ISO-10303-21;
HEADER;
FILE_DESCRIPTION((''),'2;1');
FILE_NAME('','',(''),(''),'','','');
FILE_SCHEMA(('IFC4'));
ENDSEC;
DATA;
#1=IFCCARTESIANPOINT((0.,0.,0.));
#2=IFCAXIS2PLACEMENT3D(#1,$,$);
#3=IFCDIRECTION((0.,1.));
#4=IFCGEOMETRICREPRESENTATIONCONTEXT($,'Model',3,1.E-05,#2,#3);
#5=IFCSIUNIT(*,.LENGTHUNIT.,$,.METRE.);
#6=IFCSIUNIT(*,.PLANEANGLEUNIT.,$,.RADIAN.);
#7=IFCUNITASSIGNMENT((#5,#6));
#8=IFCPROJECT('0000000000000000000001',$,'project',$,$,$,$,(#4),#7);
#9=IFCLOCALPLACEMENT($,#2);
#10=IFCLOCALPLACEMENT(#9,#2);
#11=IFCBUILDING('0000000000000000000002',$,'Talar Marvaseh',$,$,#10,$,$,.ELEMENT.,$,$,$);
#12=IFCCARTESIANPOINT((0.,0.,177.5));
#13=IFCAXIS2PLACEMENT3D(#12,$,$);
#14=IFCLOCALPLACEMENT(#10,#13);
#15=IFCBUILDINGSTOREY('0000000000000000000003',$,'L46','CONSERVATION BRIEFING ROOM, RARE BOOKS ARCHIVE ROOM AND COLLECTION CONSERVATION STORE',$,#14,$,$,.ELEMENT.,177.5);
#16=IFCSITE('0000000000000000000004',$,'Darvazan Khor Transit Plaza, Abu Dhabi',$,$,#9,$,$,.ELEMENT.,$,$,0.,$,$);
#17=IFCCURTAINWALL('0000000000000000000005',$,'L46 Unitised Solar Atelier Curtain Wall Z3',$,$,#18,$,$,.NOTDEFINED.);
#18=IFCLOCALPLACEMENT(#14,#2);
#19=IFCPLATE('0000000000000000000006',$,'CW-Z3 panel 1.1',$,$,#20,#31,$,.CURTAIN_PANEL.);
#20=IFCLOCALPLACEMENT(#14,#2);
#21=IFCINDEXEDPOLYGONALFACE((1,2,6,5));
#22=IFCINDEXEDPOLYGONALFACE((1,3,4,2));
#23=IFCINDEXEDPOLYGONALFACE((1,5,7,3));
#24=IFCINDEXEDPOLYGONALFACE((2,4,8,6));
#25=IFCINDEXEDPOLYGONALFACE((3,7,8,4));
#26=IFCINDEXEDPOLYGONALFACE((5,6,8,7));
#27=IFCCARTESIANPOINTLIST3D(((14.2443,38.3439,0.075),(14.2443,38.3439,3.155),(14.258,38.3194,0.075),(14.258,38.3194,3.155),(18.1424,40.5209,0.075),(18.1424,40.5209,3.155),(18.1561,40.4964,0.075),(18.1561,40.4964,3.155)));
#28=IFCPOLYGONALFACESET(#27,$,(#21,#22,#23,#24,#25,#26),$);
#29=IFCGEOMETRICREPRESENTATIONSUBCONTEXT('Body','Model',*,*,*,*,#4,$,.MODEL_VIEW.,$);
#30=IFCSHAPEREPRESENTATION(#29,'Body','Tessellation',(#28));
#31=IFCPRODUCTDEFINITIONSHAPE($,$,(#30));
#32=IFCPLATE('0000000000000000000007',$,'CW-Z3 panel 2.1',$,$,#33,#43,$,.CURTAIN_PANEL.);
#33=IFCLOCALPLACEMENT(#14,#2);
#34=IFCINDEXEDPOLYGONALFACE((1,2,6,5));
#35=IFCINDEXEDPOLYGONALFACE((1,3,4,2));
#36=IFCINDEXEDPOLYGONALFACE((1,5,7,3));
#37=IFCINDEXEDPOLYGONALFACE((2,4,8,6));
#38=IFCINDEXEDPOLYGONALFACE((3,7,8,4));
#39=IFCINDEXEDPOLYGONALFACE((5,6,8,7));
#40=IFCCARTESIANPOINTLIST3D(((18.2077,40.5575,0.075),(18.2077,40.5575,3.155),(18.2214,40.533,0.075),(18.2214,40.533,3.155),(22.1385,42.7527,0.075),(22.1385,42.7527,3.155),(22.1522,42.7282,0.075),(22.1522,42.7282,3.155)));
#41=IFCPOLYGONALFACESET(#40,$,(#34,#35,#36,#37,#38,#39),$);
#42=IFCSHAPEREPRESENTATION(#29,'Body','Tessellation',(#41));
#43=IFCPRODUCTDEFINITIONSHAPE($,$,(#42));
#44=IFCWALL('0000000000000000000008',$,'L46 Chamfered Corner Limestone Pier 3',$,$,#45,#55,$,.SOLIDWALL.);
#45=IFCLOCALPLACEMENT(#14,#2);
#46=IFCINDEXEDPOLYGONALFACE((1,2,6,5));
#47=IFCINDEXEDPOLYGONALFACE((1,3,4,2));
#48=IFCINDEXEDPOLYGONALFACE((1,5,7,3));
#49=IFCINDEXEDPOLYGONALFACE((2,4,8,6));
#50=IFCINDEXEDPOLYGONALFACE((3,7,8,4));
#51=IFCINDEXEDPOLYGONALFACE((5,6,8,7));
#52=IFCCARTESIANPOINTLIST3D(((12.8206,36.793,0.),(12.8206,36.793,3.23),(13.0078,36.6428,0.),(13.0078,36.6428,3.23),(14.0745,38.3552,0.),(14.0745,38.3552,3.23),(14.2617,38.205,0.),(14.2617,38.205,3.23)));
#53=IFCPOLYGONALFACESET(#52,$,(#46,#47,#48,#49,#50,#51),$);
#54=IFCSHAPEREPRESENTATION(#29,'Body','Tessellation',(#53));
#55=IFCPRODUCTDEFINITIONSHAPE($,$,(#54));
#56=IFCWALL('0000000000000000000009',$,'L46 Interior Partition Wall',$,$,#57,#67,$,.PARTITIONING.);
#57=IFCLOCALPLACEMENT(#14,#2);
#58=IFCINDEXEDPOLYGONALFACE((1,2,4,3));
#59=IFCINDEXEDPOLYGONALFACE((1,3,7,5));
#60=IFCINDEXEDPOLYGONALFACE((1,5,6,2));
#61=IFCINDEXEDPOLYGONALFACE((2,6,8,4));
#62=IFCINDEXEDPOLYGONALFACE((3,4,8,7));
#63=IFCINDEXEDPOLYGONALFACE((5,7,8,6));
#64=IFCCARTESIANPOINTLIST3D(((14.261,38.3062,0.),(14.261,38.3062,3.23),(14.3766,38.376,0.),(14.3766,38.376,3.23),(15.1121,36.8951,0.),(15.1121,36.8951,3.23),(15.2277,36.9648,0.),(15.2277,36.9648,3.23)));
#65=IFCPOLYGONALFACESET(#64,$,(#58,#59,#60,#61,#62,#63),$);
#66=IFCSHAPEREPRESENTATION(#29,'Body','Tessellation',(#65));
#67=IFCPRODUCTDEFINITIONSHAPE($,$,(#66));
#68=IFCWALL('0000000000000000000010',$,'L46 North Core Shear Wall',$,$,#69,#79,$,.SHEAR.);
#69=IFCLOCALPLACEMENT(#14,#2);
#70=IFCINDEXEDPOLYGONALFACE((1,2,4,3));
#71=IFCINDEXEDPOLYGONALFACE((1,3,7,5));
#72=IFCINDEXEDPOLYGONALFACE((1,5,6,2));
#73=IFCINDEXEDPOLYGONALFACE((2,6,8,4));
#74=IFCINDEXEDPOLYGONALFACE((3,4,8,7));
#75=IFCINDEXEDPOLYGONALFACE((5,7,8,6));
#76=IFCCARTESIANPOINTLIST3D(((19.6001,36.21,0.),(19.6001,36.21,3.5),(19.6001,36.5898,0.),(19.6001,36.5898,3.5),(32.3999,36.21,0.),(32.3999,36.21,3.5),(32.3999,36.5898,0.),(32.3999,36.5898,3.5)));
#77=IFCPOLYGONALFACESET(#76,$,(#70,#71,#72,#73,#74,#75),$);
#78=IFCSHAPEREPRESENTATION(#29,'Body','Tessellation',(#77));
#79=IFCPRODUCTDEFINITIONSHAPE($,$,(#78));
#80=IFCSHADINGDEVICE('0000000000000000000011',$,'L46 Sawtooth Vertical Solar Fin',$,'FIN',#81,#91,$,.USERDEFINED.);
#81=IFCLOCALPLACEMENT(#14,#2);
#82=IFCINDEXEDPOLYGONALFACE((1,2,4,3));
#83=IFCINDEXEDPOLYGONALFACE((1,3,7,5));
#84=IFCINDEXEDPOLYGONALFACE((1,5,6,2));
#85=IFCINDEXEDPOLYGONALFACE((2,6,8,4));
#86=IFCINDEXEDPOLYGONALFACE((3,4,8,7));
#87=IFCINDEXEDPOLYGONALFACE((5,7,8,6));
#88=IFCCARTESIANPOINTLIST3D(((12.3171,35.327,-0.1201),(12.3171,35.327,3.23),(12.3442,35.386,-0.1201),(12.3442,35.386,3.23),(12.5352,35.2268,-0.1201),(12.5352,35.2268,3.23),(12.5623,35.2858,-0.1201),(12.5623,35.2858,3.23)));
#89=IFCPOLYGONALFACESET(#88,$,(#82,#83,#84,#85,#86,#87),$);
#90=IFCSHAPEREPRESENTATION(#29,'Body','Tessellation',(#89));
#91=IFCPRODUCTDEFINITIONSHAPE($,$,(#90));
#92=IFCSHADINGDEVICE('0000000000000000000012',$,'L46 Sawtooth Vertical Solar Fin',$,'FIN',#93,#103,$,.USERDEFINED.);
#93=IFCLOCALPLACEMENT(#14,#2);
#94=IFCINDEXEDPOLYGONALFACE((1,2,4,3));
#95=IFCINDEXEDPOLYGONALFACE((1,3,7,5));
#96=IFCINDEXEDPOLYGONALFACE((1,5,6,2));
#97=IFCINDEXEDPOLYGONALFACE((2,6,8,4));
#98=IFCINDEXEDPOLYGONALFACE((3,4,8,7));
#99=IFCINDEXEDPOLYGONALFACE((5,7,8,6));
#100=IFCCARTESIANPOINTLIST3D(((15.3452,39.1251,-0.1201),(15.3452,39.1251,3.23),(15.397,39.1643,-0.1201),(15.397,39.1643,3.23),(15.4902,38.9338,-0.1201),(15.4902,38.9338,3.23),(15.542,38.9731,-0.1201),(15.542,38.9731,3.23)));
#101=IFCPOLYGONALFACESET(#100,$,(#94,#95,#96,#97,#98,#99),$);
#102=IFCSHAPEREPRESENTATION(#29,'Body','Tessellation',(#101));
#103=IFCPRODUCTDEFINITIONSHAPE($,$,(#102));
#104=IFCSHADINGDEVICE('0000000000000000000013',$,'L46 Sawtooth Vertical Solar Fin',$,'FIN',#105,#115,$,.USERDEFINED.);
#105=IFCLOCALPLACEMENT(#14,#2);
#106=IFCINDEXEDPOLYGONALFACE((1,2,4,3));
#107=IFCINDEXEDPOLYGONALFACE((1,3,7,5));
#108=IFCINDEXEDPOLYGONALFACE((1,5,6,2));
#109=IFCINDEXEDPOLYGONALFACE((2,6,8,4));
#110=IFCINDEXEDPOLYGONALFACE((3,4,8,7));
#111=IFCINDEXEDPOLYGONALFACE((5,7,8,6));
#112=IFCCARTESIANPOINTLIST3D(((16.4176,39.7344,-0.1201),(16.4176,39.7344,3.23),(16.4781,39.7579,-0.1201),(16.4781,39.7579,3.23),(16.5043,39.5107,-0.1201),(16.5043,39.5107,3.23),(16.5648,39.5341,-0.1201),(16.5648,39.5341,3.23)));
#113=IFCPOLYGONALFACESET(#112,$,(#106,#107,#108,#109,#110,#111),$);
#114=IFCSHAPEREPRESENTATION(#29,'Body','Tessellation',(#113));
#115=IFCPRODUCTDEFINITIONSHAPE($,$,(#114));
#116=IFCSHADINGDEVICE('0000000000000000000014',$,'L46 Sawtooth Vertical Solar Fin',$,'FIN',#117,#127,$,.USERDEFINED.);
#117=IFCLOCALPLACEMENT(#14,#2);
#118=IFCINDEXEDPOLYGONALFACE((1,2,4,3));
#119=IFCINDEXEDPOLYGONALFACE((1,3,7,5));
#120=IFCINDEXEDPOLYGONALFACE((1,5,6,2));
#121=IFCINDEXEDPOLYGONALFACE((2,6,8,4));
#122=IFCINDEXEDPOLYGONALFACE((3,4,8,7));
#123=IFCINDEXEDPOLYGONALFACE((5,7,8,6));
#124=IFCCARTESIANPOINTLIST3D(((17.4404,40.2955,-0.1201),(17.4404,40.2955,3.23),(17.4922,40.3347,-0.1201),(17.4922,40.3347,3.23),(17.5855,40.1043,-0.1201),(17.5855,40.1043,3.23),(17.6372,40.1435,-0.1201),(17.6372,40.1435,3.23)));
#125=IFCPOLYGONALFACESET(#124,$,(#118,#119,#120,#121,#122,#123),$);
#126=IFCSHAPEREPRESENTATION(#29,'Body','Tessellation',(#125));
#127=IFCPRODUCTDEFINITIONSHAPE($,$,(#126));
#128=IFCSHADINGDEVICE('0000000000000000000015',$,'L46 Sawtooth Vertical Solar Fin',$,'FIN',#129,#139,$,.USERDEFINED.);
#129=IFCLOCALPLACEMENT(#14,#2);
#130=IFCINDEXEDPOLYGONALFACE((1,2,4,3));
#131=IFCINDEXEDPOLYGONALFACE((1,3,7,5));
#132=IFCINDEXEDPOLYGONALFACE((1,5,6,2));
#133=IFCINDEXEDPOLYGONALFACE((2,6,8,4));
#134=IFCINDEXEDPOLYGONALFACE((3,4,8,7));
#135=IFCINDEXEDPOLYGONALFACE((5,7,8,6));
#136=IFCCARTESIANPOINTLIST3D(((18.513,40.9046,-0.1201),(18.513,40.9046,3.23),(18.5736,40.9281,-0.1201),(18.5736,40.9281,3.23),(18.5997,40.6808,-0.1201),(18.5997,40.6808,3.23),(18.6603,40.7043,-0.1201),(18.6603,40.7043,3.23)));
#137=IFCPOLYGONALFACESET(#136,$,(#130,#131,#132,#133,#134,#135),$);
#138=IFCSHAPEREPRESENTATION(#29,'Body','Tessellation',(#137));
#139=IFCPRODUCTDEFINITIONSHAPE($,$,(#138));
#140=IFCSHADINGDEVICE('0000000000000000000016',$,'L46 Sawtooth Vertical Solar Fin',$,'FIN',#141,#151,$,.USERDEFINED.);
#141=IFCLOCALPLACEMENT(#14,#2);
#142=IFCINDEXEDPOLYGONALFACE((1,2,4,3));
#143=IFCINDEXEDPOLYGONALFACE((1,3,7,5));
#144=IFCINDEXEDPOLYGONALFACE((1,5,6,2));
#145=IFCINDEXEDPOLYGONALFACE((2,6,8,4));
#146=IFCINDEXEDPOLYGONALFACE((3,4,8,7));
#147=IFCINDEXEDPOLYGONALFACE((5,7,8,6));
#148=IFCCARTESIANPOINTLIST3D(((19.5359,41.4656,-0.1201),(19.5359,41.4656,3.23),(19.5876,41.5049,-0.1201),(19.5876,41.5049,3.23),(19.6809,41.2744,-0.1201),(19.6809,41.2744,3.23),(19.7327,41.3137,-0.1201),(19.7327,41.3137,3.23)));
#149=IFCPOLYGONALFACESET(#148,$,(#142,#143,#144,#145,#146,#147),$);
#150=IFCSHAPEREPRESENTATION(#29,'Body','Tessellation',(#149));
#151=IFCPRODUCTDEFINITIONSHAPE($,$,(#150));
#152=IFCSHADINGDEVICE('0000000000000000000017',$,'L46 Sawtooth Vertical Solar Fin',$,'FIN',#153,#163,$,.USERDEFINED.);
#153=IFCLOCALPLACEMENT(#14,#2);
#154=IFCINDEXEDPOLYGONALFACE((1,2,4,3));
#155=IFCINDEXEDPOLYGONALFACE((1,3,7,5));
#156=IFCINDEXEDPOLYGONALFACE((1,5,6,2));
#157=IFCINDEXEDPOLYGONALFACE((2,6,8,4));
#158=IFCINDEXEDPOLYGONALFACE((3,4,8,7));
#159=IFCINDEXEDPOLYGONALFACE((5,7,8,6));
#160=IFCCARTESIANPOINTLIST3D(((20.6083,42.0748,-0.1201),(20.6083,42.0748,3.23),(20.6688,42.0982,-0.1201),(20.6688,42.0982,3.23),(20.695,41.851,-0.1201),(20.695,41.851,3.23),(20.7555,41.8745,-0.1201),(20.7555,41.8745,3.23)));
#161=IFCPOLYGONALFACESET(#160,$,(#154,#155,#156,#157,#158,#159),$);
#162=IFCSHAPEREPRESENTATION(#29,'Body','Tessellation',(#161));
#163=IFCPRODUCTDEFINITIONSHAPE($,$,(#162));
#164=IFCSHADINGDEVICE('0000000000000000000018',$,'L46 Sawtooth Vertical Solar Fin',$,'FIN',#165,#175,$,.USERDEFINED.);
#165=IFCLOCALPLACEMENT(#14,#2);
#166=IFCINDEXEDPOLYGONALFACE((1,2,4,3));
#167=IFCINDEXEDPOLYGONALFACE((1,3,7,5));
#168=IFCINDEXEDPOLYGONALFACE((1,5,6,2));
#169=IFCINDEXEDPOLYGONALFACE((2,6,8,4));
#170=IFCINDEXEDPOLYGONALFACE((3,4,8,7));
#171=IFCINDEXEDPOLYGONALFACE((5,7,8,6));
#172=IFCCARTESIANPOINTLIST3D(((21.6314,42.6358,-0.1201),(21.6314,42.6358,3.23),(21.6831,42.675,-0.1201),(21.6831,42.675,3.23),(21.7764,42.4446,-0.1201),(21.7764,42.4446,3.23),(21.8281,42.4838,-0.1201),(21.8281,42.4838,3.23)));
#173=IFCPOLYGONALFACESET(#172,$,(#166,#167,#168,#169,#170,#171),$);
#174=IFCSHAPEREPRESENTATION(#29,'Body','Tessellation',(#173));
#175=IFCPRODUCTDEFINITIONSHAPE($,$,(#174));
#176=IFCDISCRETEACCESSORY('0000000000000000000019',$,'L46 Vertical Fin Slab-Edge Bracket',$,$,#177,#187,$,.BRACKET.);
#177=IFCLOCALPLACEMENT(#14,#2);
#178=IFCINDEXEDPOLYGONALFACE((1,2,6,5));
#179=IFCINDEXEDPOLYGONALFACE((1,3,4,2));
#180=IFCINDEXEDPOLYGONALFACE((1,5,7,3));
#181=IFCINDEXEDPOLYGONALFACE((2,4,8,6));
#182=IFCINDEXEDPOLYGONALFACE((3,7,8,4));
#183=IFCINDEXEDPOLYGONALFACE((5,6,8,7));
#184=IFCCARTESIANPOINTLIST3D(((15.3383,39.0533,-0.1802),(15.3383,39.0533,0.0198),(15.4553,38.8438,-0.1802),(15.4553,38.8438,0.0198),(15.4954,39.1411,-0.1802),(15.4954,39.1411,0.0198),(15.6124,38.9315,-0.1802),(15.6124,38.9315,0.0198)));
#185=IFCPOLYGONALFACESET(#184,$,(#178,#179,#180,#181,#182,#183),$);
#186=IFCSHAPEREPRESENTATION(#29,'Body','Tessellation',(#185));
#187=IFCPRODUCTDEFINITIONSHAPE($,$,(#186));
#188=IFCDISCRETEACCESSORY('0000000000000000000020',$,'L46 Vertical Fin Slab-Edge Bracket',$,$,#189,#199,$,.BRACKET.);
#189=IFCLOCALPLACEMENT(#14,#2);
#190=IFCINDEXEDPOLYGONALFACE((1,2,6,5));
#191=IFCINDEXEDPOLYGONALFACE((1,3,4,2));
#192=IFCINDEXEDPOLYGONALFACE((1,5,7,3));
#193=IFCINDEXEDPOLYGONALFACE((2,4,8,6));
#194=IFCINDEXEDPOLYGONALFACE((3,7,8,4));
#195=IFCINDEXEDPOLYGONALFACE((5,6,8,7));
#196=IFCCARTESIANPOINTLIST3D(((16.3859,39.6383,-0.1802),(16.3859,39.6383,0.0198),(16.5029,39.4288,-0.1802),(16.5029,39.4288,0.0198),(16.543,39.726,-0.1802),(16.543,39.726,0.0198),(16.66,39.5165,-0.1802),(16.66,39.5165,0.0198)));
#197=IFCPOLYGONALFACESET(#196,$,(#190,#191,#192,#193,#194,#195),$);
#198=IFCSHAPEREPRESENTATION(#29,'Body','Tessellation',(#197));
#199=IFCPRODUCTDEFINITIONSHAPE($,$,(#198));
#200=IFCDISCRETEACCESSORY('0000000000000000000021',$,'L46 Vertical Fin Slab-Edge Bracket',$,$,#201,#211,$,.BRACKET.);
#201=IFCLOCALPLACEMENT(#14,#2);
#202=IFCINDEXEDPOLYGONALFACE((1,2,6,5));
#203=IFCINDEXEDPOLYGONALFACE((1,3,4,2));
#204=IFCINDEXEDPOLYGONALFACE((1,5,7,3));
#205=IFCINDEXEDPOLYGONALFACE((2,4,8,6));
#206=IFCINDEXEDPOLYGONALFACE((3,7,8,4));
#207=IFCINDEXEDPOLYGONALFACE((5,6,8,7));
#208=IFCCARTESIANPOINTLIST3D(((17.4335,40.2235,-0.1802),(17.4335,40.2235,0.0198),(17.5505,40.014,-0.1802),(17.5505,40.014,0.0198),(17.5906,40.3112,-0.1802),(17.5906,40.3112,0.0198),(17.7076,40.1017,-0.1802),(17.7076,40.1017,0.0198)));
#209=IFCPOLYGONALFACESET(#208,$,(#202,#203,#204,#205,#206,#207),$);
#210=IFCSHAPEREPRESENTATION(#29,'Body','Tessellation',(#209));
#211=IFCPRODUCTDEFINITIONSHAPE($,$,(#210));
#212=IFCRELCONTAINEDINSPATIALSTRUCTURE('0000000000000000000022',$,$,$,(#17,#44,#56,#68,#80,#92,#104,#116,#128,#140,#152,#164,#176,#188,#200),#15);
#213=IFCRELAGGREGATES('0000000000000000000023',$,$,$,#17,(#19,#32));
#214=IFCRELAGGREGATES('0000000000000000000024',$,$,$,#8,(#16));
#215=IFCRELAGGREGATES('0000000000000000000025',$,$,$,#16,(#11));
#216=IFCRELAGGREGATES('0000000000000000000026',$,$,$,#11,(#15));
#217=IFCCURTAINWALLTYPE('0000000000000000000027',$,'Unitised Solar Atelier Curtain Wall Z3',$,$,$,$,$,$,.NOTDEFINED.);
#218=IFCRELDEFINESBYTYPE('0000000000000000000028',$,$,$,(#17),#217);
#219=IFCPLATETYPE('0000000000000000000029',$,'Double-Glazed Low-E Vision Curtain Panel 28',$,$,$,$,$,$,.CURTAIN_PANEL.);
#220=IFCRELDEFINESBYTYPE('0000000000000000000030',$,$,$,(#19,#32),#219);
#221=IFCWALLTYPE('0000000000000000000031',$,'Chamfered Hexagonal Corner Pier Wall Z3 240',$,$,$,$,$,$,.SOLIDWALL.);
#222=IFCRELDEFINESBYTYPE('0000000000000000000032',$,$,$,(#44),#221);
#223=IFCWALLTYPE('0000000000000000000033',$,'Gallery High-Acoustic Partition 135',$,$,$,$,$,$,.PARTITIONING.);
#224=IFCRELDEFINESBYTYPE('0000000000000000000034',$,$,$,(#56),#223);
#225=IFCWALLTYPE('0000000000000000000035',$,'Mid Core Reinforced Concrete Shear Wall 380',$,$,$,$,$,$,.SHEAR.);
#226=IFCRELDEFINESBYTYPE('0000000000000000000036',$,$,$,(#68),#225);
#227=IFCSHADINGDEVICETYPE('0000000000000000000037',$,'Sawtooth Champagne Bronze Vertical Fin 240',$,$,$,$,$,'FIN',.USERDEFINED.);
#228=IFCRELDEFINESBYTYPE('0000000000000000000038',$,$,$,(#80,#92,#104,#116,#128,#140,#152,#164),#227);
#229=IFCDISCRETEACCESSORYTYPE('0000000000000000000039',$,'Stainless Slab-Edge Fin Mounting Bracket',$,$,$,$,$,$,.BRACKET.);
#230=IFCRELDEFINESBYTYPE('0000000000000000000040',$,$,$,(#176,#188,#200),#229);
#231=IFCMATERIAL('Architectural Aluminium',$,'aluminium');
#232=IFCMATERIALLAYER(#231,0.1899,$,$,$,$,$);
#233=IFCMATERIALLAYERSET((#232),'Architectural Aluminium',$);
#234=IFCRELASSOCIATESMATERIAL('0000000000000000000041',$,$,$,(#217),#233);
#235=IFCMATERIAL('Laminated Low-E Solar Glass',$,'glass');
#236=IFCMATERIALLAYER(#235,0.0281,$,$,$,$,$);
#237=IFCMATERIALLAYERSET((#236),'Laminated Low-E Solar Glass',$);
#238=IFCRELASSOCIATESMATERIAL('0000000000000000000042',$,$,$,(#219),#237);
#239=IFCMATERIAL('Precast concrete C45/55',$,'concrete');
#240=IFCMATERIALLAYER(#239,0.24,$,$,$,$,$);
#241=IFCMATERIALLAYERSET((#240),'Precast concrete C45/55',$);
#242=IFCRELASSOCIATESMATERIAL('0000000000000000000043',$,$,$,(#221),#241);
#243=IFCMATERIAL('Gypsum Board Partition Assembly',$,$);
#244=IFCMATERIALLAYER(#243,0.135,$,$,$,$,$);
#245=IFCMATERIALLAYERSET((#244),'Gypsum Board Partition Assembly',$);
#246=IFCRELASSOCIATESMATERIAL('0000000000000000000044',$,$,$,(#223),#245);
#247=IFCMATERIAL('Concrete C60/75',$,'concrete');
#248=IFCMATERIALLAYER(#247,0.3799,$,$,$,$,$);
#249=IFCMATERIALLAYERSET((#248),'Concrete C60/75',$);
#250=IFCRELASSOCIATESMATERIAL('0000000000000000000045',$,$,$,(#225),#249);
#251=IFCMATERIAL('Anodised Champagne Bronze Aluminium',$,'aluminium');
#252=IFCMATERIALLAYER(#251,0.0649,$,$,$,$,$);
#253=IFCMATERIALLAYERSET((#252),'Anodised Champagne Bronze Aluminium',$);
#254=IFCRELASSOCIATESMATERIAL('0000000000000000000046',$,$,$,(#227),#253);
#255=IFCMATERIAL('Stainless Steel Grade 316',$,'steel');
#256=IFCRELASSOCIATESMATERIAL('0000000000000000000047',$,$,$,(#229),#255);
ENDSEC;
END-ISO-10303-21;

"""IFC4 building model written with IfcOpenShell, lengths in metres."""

from ifc_helpers import new_model, si_unit, direction, frame, frame_2d, origin, origin_2d, place, context, subcontext, project, spatial, rectangle, extrude, source, transform, mapped, material, layer, layer_set, type_object, type_shapes, element, aggregate, save


model = new_model("IFC4")

# Units and contexts
model_context = context("Model", 3, precision=1e-05, world=origin(), true_north=direction((0.0, 1.0)))
body_context = subcontext(model_context, "Body", "Model", "MODEL_VIEW")
ifc_project = project(units=[si_unit("LENGTHUNIT", "METRE"), si_unit("PLANEANGLEUNIT", "RADIAN")], contexts=[model_context])

# Site, building, storey
site_placement = place(None, origin())
site = spatial("IfcSite", under=ifc_project, at=site_placement, Name="Darvazan Khor Transit Plaza, Abu Dhabi", CompositionType="ELEMENT", RefElevation=0.0)
building_placement = place(site_placement, origin())
building = spatial("IfcBuilding", under=site, at=building_placement, Name="Talar Marvaseh", CompositionType="ELEMENT")
storey_placement = place(building_placement, frame((0.0, 0.0, 177.5)))
storey = spatial("IfcBuildingStorey", under=building, at=storey_placement, Name="L46", Description="CONSERVATION BRIEFING ROOM, RARE BOOKS ARCHIVE ROOM AND COLLECTION CONSERVATION STORE", CompositionType="ELEMENT", Elevation=177.5)

# Shared definitions
ifc_material_1 = material(Name="Concrete C60/75", Category="concrete")

# Shared definitions
ifc_material_2 = material(Name="Architectural Aluminium", Category="aluminium")
ifc_layer_1 = layer(ifc_material_2, 0.1899)
ifc_layer_set_1 = layer_set([ifc_layer_1], Name="Architectural Aluminium")
curtain_wall_type = type_object("IfcCurtainWallType", Name="Unitised Solar Atelier Curtain Wall Z3", PredefinedType="NOTDEFINED", material=ifc_layer_set_1)

# Curtain wall, plates
curtain_wall_1_placement = place(storey_placement, origin())
curtain_wall_1 = element("IfcCurtainWall", 1, at=curtain_wall_1_placement, inside=storey, type_object=curtain_wall_type, Name="L46 Unitised Solar Atelier Curtain Wall Z3", PredefinedType="NOTDEFINED")
ifc_material_3 = material(Name="Laminated Low-E Solar Glass", Category="glass")
ifc_layer_2 = layer(ifc_material_3, 0.0281)
ifc_layer_set_2 = layer_set([ifc_layer_2], Name="Laminated Low-E Solar Glass")
plate_type = type_object("IfcPlateType", Name="Double-Glazed Low-E Vision Curtain Panel 28", PredefinedType="CURTAIN_PANEL", material=ifc_layer_set_2)
shared_shape_1 = source(origin(), body_context, "Body", "SweptSolid", [
    extrude(rectangle(XDim=4.4648, YDim=0.0281, at=origin_2d()), origin(), (0.0, 0.0, 1.0), 3.0801),
])
plate_1_placement = place(storey_placement, frame((16.2002, 39.4202, 0.075), z_axis=(0.0, 0.0, 1.0), x_axis=(0.873073, 0.487589, 0.0)))
plate_1 = element("IfcPlate", 2, at=plate_1_placement, type_object=plate_type, Name="CW-Z3 panel 1.1", PredefinedType="CURTAIN_PANEL", context=body_context, shape_type="MappedRepresentation", body=[
    mapped(shared_shape_1, transform((0.0, 0.0, 0.0), x_axis=(1.0, 0.0, 0.0), y_axis=(0.0, 1.0, 0.0), z_axis=(0.0, 0.0, 1.0), scale=1.0)),
])
shared_shape_2 = source(origin(), body_context, "Body", "SweptSolid", [
    extrude(rectangle(XDim=4.5022, YDim=0.0281, at=origin_2d()), origin(), (0.0, 0.0, 1.0), 3.0801),
])
type_shapes(plate_type, [shared_shape_1, shared_shape_2])
plate_2_placement = place(storey_placement, frame((20.1799, 41.6428, 0.075), z_axis=(0.0, 0.0, 1.0), x_axis=(0.873073, 0.487589, 0.0)))
plate_2 = element("IfcPlate", 3, at=plate_2_placement, type_object=plate_type, Name="CW-Z3 panel 2.1", PredefinedType="CURTAIN_PANEL", context=body_context, shape_type="MappedRepresentation", body=[
    mapped(shared_shape_2, transform((0.0, 0.0, 0.0), x_axis=(1.0, 0.0, 0.0), y_axis=(0.0, 1.0, 0.0), z_axis=(0.0, 0.0, 1.0), scale=1.0)),
])
aggregate(curtain_wall_1, [plate_1, plate_2])

# Walls
ifc_material_4 = material(Name="Precast concrete C45/55", Category="concrete")
ifc_layer_3 = layer(ifc_material_4, 0.24)
ifc_layer_set_3 = layer_set([ifc_layer_3], Name="Precast concrete C45/55")
wall_type_1 = type_object("IfcWallType", Name="Chamfered Hexagonal Corner Pier Wall Z3 240", PredefinedType="SOLIDWALL", material=ifc_layer_set_3)
wall_1_placement = place(storey_placement, frame((12.9143, 36.718, 0.0), z_axis=(0.0, 0.0, 1.0), x_axis=(0.625943, 0.779869, 0.0)))
element("IfcWall", 4, at=wall_1_placement, inside=storey, type_object=wall_type_1, Name="L46 Chamfered Corner Limestone Pier 3", PredefinedType="SOLIDWALL", context=body_context, shape_type="SweptSolid", body=[
    extrude(rectangle(XDim=2.0032, YDim=0.24, at=frame_2d((1.0015, 0.0))), origin(), (0.0, 0.0, 1.0), 3.23),
])
ifc_material_5 = material(Name="Gypsum Board Partition Assembly")
ifc_layer_4 = layer(ifc_material_5, 0.135)
ifc_layer_set_4 = layer_set([ifc_layer_4], Name="Gypsum Board Partition Assembly")
wall_type_2 = type_object("IfcWallType", Name="Gallery High-Acoustic Partition 135", PredefinedType="PARTITIONING", material=ifc_layer_set_4)
wall_2_placement = place(storey_placement, frame((15.1699, 36.9299, 0.0), z_axis=(0.0, 0.0, 1.0), x_axis=(-0.516455, 0.856314, 0.0)))
element("IfcWall", 5, at=wall_2_placement, inside=storey, type_object=wall_type_2, Name="L46 Interior Partition Wall", PredefinedType="PARTITIONING", context=body_context, shape_type="SweptSolid", body=[
    extrude(rectangle(XDim=1.6479, YDim=0.135, at=frame_2d((0.824, 0.0))), origin(), (0.0, 0.0, 1.0), 3.23),
])
ifc_layer_5 = layer(ifc_material_1, 0.3799)
ifc_layer_set_5 = layer_set([ifc_layer_5], Name="Concrete C60/75")
wall_type_3 = type_object("IfcWallType", Name="Mid Core Reinforced Concrete Shear Wall 380", PredefinedType="SHEAR", material=ifc_layer_set_5)
wall_3_placement = place(storey_placement, frame((19.6001, 36.3999, 0.0), z_axis=(0.0, 0.0, 1.0), x_axis=(1.0, 0.0, 0.0)))
element("IfcWall", 6, at=wall_3_placement, inside=storey, type_object=wall_type_3, Name="L46 North Core Shear Wall", PredefinedType="SHEAR", context=body_context, shape_type="SweptSolid", body=[
    extrude(rectangle(XDim=12.7998, YDim=0.3799, at=frame_2d((6.3999, 0.0))), origin(), (0.0, 0.0, 1.0), 3.5),
])

# Shading devices
ifc_material_6 = material(Name="Anodised Champagne Bronze Aluminium", Category="aluminium")
ifc_layer_6 = layer(ifc_material_6, 0.0649)
ifc_layer_set_6 = layer_set([ifc_layer_6], Name="Anodised Champagne Bronze Aluminium")
shading_device_type = type_object("IfcShadingDeviceType", Name="Sawtooth Champagne Bronze Vertical Fin 240", ElementType="FIN", PredefinedType="USERDEFINED", material=ifc_layer_set_6)
shared_shape_3 = source(origin(), body_context, "Body", "SweptSolid", [
    extrude(rectangle(XDim=0.24, YDim=0.0649, at=origin_2d()), origin(), (0.0, 0.0, 1.0), 3.3501),
])
type_shapes(shading_device_type, [shared_shape_3])
for number, where, z_axis, x_axis, name in (
    (7, (12.4397, 35.3064, -0.1201), (0.0, 0.0, 1.0), (-0.908654, 0.41755, 0.0), "L46 Sawtooth Vertical Solar Fin"),
    (8, (15.4436, 39.0491, -0.1201), (0.0, 0.0, 1.0), (-0.604321, 0.796741, 0.0), "L46 Sawtooth Vertical Solar Fin"),
    (9, (16.4912, 39.6343, -0.1201), (0.0, 0.0, 1.0), (-0.361299, 0.93245, 0.0), "L46 Sawtooth Vertical Solar Fin"),
    (10, (17.5388, 40.2195, -0.1201), (0.0, 0.0, 1.0), (-0.604321, 0.796741, 0.0), "L46 Sawtooth Vertical Solar Fin"),
    (11, (18.5867, 40.8044, -0.1201), (0.0, 0.0, 1.0), (-0.361299, 0.93245, 0.0), "L46 Sawtooth Vertical Solar Fin"),
    (12, (19.6343, 41.3896, -0.1201), (0.0, 0.0, 1.0), (-0.604321, 0.796741, 0.0), "L46 Sawtooth Vertical Solar Fin"),
    (13, (20.6819, 41.9746, -0.1201), (0.0, 0.0, 1.0), (-0.361299, 0.93245, 0.0), "L46 Sawtooth Vertical Solar Fin"),
    (14, (21.7297, 42.5598, -0.1201), (0.0, 0.0, 1.0), (-0.604321, 0.796741, 0.0), "L46 Sawtooth Vertical Solar Fin"),
):
    element("IfcShadingDevice", number, at=place(storey_placement, frame(where, z_axis=z_axis, x_axis=x_axis)), inside=storey, type_object=shading_device_type, Name=name, ObjectType="FIN", PredefinedType="USERDEFINED", context=body_context, shape_type="MappedRepresentation", body=[
        mapped(shared_shape_3, transform((0.0, 0.0, 0.0), x_axis=(1.0, 0.0, 0.0), y_axis=(0.0, 1.0, 0.0), z_axis=(0.0, 0.0, 1.0), scale=1.0)),
    ])

# Discrete accessories
ifc_material_7 = material(Name="Stainless Steel Grade 316", Category="steel")
discrete_accessory_type = type_object("IfcDiscreteAccessoryType", Name="Stainless Slab-Edge Fin Mounting Bracket", PredefinedType="BRACKET", material=ifc_material_7)
shared_shape_4 = source(origin(), body_context, "Body", "SweptSolid", [
    extrude(rectangle(XDim=0.24, YDim=0.1799, at=origin_2d()), origin(), (0.0, 0.0, 1.0), 0.2),
])
type_shapes(discrete_accessory_type, [shared_shape_4])
for number, where, z_axis, x_axis, name in (
    (15, (15.4753, 38.9924, -0.1802), (0.0, 0.0, 1.0), (-0.487555, 0.873092, 0.0), "L46 Vertical Fin Slab-Edge Bracket"),
    (16, (16.5229, 39.5774, -0.1802), (0.0, 0.0, 1.0), (-0.487555, 0.873092, 0.0), "L46 Vertical Fin Slab-Edge Bracket"),
    (17, (17.5706, 40.1626, -0.1802), (0.0, 0.0, 1.0), (-0.487555, 0.873092, 0.0), "L46 Vertical Fin Slab-Edge Bracket"),
):
    element("IfcDiscreteAccessory", number, at=place(storey_placement, frame(where, z_axis=z_axis, x_axis=x_axis)), inside=storey, type_object=discrete_accessory_type, Name=name, PredefinedType="BRACKET", context=body_context, shape_type="MappedRepresentation", body=[
        mapped(shared_shape_4, transform((0.0, 0.0, 0.0), x_axis=(1.0, 0.0, 0.0), y_axis=(0.0, 1.0, 0.0), z_axis=(0.0, 0.0, 1.0), scale=1.0)),
    ])

save(model, "model.ifc")
